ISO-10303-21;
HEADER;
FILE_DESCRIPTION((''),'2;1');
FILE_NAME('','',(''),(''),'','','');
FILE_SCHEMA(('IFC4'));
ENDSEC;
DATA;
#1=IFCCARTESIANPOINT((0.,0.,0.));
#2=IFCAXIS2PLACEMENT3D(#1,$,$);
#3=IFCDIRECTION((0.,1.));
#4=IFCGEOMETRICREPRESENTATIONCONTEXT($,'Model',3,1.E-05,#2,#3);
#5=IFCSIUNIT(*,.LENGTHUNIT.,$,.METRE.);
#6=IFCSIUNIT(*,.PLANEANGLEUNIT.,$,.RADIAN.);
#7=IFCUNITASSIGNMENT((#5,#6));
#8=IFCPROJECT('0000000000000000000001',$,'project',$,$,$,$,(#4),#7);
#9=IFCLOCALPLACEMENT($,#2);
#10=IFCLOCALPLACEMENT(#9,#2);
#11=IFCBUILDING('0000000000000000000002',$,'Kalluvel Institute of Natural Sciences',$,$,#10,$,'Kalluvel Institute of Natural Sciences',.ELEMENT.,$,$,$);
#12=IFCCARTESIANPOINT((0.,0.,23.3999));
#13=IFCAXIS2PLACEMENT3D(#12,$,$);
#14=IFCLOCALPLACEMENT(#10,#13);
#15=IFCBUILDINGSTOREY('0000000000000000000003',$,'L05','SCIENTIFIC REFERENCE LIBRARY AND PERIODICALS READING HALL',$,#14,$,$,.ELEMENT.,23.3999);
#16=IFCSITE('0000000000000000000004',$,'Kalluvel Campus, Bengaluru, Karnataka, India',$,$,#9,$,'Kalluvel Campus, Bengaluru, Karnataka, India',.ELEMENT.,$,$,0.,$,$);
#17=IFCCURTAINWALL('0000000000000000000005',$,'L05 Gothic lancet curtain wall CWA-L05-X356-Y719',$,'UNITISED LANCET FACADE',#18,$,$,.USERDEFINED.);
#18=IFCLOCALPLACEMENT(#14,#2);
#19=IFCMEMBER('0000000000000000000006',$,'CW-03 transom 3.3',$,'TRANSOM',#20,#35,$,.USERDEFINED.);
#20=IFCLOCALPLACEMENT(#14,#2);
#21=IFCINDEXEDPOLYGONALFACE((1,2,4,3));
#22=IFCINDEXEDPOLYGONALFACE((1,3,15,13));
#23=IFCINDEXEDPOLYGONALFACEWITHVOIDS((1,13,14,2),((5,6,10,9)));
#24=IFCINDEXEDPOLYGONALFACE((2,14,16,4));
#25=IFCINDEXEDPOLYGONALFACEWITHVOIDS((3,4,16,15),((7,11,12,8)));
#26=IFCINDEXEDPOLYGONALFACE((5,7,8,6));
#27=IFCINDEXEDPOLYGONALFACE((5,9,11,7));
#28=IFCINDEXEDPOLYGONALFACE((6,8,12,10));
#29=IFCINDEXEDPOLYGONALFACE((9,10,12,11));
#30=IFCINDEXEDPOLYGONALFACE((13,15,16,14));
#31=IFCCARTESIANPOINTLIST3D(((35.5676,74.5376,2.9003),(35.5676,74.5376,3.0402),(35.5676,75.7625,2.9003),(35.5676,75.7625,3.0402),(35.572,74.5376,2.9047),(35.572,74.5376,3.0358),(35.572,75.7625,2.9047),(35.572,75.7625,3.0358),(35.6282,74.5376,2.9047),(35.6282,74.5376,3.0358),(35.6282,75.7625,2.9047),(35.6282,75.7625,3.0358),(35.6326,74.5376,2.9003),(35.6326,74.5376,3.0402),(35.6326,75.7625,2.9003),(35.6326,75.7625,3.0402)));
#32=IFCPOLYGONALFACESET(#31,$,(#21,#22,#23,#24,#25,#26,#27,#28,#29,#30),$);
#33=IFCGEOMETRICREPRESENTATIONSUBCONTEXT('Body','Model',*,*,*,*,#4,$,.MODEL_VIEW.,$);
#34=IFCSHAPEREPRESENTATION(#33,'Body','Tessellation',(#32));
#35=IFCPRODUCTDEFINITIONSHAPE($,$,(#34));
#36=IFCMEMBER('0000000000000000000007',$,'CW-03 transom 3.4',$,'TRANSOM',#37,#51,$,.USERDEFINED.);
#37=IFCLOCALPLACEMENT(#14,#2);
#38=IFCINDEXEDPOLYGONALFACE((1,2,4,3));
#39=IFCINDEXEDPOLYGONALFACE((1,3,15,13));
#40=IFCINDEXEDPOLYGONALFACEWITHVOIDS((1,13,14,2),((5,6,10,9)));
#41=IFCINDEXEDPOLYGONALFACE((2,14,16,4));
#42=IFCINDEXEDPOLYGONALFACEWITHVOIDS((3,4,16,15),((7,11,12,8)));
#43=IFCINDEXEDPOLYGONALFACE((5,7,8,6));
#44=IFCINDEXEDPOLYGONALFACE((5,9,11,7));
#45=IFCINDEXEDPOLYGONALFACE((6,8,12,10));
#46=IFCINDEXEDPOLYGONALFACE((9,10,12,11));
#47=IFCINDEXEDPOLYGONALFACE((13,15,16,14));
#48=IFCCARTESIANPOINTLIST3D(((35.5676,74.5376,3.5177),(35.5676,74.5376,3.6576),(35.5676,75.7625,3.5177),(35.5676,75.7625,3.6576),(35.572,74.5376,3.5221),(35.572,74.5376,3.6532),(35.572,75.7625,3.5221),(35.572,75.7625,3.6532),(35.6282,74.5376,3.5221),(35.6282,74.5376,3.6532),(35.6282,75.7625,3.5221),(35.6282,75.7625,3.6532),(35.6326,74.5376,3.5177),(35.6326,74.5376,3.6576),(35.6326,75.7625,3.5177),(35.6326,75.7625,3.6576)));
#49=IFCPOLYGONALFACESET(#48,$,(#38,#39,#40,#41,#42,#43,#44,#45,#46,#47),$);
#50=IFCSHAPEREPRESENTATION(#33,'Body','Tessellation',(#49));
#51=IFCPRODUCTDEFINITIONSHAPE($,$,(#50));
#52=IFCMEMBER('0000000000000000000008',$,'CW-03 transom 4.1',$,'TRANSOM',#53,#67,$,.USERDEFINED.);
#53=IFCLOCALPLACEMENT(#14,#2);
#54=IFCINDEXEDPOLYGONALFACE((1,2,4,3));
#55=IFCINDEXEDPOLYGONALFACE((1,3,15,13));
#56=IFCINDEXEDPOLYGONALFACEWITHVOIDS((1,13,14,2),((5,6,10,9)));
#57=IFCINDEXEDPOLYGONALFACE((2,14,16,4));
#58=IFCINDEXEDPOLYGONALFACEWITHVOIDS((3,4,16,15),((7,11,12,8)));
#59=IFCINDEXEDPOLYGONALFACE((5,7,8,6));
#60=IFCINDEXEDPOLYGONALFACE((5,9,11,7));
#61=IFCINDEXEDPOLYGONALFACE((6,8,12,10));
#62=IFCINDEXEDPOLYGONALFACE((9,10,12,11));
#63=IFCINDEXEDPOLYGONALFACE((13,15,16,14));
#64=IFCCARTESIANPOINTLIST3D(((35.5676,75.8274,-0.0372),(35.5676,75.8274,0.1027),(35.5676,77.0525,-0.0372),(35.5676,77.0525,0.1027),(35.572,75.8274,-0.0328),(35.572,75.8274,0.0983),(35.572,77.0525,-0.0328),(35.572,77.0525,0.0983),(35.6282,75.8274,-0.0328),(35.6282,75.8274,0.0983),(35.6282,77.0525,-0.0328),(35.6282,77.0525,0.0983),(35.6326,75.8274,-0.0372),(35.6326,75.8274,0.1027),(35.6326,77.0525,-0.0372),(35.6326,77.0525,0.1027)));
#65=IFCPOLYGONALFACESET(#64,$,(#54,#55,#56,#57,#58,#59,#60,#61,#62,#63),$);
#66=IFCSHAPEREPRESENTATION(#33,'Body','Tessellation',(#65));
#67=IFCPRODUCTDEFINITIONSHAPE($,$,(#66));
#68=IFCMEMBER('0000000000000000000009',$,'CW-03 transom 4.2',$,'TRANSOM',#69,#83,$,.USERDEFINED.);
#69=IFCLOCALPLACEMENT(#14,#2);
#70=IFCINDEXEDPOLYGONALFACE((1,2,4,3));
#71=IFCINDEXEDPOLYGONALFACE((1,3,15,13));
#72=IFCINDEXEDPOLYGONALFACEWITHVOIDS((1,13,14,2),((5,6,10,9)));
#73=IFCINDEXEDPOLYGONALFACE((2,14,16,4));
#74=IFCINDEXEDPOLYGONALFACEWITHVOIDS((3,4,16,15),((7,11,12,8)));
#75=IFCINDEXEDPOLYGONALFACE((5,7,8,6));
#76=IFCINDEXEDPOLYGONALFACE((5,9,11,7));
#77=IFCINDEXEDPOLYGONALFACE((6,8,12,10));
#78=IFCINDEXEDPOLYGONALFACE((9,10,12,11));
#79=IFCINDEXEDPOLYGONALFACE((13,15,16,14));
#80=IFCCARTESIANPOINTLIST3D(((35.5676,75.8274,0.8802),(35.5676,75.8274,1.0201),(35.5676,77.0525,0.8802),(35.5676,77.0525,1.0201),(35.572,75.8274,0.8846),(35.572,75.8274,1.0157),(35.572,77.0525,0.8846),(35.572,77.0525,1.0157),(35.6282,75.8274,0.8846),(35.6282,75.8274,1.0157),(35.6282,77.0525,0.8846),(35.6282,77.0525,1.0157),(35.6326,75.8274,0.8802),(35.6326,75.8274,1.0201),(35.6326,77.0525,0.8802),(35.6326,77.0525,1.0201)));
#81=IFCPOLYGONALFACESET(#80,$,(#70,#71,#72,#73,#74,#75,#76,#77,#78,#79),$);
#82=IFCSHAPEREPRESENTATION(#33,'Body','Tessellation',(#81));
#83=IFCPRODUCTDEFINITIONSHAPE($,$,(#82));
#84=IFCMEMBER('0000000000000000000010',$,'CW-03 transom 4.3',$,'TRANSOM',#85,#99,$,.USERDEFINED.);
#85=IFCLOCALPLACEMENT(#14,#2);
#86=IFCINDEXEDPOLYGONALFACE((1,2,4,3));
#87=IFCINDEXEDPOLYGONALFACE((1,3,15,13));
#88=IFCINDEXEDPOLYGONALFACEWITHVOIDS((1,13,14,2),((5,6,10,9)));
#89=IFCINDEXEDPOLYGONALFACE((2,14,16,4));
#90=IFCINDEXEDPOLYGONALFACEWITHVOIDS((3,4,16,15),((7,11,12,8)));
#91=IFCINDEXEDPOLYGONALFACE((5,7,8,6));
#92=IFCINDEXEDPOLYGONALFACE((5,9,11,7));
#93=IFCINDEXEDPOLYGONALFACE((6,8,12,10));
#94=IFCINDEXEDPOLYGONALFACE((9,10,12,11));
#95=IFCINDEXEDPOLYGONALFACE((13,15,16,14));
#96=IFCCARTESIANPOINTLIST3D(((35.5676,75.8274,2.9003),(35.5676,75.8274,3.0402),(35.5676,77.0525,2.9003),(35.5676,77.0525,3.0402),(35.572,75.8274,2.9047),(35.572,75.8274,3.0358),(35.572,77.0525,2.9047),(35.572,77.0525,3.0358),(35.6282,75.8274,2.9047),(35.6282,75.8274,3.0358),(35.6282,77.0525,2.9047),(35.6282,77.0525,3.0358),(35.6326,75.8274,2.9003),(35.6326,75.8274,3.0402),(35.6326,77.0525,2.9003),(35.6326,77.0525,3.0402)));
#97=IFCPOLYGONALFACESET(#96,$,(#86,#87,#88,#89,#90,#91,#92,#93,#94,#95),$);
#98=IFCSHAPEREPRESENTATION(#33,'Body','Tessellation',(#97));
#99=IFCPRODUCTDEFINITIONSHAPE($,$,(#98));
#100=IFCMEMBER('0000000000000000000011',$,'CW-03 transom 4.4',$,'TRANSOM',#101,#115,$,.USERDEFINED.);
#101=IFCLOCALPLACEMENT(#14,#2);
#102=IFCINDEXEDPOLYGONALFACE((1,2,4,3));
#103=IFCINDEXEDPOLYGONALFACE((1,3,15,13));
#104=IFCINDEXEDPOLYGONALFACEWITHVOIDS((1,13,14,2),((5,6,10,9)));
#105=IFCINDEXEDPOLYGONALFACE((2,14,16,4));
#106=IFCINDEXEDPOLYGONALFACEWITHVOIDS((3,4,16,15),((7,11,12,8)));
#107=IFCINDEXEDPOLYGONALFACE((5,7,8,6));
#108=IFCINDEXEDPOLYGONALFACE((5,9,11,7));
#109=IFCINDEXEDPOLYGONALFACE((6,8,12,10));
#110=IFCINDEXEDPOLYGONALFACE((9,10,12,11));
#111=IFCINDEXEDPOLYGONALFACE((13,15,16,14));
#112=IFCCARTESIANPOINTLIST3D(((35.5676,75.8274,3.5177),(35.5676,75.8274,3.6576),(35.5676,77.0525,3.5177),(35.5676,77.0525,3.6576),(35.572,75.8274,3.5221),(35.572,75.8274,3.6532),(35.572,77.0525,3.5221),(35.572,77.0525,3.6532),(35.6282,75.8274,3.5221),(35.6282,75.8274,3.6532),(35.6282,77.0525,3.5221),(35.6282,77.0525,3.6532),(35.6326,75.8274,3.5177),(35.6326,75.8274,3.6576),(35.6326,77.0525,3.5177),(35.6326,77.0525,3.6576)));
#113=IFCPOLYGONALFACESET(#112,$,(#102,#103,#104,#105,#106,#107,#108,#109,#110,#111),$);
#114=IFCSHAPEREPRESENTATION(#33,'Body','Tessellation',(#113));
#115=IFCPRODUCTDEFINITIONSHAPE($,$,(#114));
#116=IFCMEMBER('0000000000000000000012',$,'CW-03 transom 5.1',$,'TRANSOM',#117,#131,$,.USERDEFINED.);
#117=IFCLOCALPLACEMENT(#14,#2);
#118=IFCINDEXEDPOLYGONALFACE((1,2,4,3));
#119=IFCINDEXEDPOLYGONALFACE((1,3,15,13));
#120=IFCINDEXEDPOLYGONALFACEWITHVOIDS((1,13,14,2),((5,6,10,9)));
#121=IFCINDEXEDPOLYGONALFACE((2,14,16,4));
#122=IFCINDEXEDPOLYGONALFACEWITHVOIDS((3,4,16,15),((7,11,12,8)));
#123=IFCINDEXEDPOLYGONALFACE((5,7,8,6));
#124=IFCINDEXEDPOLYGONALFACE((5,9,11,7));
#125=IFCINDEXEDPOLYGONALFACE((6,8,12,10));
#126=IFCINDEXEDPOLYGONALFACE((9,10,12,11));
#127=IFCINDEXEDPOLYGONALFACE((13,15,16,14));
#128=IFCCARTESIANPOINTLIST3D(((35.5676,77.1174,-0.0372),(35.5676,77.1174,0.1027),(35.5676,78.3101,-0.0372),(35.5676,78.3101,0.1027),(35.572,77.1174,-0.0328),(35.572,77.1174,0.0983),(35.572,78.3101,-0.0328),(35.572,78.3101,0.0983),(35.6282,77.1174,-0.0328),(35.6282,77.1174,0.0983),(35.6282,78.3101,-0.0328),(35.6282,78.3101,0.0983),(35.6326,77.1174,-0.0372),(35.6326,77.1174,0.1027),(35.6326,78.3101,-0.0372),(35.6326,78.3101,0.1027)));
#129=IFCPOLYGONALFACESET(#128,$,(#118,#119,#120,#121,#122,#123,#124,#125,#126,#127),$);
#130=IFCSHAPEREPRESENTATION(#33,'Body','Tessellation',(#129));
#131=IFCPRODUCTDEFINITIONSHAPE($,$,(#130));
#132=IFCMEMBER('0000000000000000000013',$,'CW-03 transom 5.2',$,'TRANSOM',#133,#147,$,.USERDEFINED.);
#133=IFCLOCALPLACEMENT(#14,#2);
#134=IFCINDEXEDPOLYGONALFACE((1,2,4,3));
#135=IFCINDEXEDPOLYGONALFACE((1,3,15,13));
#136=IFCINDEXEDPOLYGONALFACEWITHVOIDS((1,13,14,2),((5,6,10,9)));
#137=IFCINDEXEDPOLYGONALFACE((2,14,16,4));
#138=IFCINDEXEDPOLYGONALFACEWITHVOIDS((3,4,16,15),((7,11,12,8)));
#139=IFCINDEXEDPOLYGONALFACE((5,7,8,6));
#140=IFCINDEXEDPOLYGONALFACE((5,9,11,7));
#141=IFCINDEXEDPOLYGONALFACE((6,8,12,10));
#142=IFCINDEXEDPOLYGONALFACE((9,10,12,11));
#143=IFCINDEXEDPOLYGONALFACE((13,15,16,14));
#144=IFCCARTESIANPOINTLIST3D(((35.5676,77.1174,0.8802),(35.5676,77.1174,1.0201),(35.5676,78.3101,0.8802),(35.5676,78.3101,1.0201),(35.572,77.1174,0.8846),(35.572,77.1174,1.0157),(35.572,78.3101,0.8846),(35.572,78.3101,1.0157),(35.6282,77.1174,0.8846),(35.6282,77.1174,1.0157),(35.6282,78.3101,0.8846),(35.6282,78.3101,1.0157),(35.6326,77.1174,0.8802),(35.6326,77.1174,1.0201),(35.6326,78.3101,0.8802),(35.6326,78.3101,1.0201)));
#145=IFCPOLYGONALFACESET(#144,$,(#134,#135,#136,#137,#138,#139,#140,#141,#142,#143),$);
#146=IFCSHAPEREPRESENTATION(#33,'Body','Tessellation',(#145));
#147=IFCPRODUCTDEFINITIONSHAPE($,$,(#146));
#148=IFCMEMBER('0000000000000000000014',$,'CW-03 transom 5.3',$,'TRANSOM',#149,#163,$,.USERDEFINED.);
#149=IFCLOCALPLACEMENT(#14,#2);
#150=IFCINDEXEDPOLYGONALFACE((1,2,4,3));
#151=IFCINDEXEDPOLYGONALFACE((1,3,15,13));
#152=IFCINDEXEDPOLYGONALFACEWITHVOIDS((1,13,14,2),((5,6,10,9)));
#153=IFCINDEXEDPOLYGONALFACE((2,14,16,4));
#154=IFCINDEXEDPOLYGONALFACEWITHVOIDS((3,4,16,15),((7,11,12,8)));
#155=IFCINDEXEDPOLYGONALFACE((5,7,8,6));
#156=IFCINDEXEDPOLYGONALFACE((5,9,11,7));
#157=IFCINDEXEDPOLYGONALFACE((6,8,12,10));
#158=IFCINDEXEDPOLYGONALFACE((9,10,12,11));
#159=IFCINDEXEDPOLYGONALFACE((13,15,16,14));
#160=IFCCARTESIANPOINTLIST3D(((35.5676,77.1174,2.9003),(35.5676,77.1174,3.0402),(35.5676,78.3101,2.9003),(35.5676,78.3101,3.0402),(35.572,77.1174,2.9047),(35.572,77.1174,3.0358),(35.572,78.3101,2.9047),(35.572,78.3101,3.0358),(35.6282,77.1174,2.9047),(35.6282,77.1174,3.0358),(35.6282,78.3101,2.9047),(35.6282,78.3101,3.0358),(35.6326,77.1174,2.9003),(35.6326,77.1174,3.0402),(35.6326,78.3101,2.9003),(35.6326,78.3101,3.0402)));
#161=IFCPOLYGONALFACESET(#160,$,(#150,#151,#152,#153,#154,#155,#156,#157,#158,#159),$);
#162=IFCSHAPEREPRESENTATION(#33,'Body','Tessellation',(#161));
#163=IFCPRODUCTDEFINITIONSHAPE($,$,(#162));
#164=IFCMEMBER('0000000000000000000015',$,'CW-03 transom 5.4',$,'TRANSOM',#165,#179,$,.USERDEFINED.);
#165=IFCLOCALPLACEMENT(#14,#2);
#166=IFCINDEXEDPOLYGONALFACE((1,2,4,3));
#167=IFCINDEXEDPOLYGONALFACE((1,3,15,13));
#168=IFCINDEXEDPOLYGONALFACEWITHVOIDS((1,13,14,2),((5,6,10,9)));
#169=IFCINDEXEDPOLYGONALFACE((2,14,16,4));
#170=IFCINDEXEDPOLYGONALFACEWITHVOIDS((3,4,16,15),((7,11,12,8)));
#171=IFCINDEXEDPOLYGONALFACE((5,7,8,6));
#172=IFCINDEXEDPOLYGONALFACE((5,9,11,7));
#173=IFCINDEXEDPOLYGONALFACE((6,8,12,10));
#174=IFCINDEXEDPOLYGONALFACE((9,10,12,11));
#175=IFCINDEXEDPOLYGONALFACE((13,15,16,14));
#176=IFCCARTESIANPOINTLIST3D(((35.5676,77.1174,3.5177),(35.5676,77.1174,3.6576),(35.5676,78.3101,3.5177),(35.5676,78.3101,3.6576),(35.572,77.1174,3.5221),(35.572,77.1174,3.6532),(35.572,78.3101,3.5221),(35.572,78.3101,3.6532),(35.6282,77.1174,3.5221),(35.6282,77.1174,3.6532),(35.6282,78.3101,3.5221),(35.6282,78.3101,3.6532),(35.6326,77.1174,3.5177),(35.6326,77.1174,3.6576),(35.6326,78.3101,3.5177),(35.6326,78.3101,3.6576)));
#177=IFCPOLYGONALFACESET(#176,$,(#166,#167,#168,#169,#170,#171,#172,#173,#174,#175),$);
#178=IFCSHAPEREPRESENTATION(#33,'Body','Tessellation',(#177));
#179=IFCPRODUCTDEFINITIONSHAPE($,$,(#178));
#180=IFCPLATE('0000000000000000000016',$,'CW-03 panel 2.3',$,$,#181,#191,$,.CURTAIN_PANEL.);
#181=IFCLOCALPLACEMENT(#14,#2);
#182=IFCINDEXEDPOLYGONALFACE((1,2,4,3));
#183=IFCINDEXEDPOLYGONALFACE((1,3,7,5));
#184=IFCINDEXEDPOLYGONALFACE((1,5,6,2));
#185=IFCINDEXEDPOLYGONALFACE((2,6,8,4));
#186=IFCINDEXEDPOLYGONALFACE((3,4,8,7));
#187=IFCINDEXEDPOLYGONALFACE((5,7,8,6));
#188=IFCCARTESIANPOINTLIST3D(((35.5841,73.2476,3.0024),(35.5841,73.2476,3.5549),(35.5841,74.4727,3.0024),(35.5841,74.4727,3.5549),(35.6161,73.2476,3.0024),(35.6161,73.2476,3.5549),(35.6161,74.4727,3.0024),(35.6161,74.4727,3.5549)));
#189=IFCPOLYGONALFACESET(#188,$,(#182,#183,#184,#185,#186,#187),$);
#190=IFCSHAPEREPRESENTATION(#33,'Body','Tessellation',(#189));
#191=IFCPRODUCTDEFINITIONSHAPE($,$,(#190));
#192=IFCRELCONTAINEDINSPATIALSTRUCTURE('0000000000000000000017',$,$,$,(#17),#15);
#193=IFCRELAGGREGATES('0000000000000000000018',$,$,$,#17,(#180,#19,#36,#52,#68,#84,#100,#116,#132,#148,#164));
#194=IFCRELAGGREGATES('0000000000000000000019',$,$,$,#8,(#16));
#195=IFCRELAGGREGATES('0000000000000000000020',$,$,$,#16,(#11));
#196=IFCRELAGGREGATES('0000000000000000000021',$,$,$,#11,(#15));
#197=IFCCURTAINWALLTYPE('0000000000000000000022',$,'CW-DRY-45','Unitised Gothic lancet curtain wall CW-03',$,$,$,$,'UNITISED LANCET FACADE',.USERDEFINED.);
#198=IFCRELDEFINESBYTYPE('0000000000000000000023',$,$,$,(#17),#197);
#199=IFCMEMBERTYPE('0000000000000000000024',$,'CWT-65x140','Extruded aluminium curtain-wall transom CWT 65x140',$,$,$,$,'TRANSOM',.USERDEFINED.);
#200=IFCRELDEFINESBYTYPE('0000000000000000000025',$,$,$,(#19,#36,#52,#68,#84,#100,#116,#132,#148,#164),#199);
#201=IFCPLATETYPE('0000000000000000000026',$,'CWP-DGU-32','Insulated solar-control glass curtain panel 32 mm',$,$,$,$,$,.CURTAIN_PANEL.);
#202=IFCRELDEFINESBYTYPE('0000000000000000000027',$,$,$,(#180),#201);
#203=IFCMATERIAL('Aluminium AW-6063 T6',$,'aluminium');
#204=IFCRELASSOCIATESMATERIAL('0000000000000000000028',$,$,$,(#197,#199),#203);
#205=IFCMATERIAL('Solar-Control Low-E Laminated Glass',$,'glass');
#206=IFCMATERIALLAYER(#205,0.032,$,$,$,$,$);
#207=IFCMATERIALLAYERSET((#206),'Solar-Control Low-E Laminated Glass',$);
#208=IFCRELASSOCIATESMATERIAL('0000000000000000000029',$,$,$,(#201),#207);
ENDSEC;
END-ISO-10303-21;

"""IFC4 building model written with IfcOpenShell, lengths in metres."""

from ifc_helpers import new_model, si_unit, direction, frame, origin, origin_2d, place, context, subcontext, project, spatial, rectangle, hollow_rectangle, extrude, material, layer, layer_set, material_profile, profile_set, type_object, element, aggregate, save


model = new_model("IFC4")

# Units and contexts
model_context = context("Model", 3, precision=1e-05, world=origin(), true_north=direction((0.0, 1.0)))
body_context = subcontext(model_context, "Body", "Model", "MODEL_VIEW")
ifc_project = project(units=[si_unit("LENGTHUNIT", "METRE"), si_unit("PLANEANGLEUNIT", "RADIAN")], contexts=[model_context])

# Site, building, storey
site_placement = place(None, origin())
site = spatial("IfcSite", under=ifc_project, at=site_placement, Name="Kalluvel Campus, Bengaluru, Karnataka, India", LongName="Kalluvel Campus, Bengaluru, Karnataka, India", CompositionType="ELEMENT", RefElevation=0.0)
building_placement = place(site_placement, origin())
building = spatial("IfcBuilding", under=site, at=building_placement, Name="Kalluvel Institute of Natural Sciences", LongName="Kalluvel Institute of Natural Sciences", CompositionType="ELEMENT")
storey_placement = place(building_placement, frame((0.0, 0.0, 23.3999)))
storey = spatial("IfcBuildingStorey", under=building, at=storey_placement, Name="L05", Description="SCIENTIFIC REFERENCE LIBRARY AND PERIODICALS READING HALL", CompositionType="ELEMENT", Elevation=23.3999)

# Curtain wall
ifc_material_1 = material(Name="Aluminium AW-6063 T6", Category="aluminium")
curtain_wall_type = type_object("IfcCurtainWallType", Name="CW-DRY-45", Description="Unitised Gothic lancet curtain wall CW-03", ElementType="UNITISED LANCET FACADE", PredefinedType="USERDEFINED", material=ifc_material_1)
curtain_wall_1_placement = place(storey_placement, origin())
curtain_wall_1 = element("IfcCurtainWall", 1, at=curtain_wall_1_placement, inside=storey, type_object=curtain_wall_type, Name="L05 Gothic lancet curtain wall CWA-L05-X356-Y719", ObjectType="UNITISED LANCET FACADE", PredefinedType="USERDEFINED")

# Members
ifc_material_profile_1 = material_profile(ifc_material_1, hollow_rectangle(XDim=0.0649, YDim=0.1399, WallThickness=0.0044, at=origin_2d()), Name="CWT 65x140")
ifc_profile_set_1 = profile_set([ifc_material_profile_1], Name="Aluminium AW-6063 T6")
member_type_1 = type_object("IfcMemberType", Name="CWT-65x140", Description="Extruded aluminium curtain-wall transom CWT 65x140", ElementType="TRANSOM", PredefinedType="USERDEFINED", material=ifc_profile_set_1)
member_1_placement = place(storey_placement, frame((35.6001, 74.5376, 2.9702), z_axis=(0.0, 1.0, 0.0), x_axis=(-1.0, 0.0, 0.0)))
member_1 = element("IfcMember", 2, at=member_1_placement, type_object=member_type_1, Name="CW-03 transom 3.3", ObjectType="TRANSOM", PredefinedType="USERDEFINED", context=body_context, shape_type="SweptSolid", body=[
    extrude(hollow_rectangle(XDim=0.0649, YDim=0.1399, WallThickness=0.0044, at=origin_2d()), origin(), (0.0, 0.0, 1.0), 1.2249),
])
member_2_placement = place(storey_placement, frame((35.6001, 74.5376, 3.5876), z_axis=(0.0, 1.0, 0.0), x_axis=(-1.0, 0.0, 0.0)))
member_2 = element("IfcMember", 3, at=member_2_placement, type_object=member_type_1, Name="CW-03 transom 3.4", ObjectType="TRANSOM", PredefinedType="USERDEFINED", context=body_context, shape_type="SweptSolid", body=[
    extrude(hollow_rectangle(XDim=0.0649, YDim=0.1399, WallThickness=0.0044, at=origin_2d()), origin(), (0.0, 0.0, 1.0), 1.2249),
])
member_3_placement = place(storey_placement, frame((35.6001, 75.8274, 0.0327), z_axis=(0.0, 1.0, 0.0), x_axis=(-1.0, 0.0, 0.0)))
member_3 = element("IfcMember", 4, at=member_3_placement, type_object=member_type_1, Name="CW-03 transom 4.1", ObjectType="TRANSOM", PredefinedType="USERDEFINED", context=body_context, shape_type="SweptSolid", body=[
    extrude(hollow_rectangle(XDim=0.0649, YDim=0.1399, WallThickness=0.0044, at=origin_2d()), origin(), (0.0, 0.0, 1.0), 1.2251),
])
member_4_placement = place(storey_placement, frame((35.6001, 75.8274, 0.9502), z_axis=(0.0, 1.0, 0.0), x_axis=(-1.0, 0.0, 0.0)))
member_4 = element("IfcMember", 5, at=member_4_placement, type_object=member_type_1, Name="CW-03 transom 4.2", ObjectType="TRANSOM", PredefinedType="USERDEFINED", context=body_context, shape_type="SweptSolid", body=[
    extrude(hollow_rectangle(XDim=0.0649, YDim=0.1399, WallThickness=0.0044, at=origin_2d()), origin(), (0.0, 0.0, 1.0), 1.2251),
])
member_5_placement = place(storey_placement, frame((35.6001, 75.8274, 2.9702), z_axis=(0.0, 1.0, 0.0), x_axis=(-1.0, 0.0, 0.0)))
member_5 = element("IfcMember", 6, at=member_5_placement, type_object=member_type_1, Name="CW-03 transom 4.3", ObjectType="TRANSOM", PredefinedType="USERDEFINED", context=body_context, shape_type="SweptSolid", body=[
    extrude(hollow_rectangle(XDim=0.0649, YDim=0.1399, WallThickness=0.0044, at=origin_2d()), origin(), (0.0, 0.0, 1.0), 1.2251),
])
member_6_placement = place(storey_placement, frame((35.6001, 75.8274, 3.5876), z_axis=(0.0, 1.0, 0.0), x_axis=(-1.0, 0.0, 0.0)))
member_6 = element("IfcMember", 7, at=member_6_placement, type_object=member_type_1, Name="CW-03 transom 4.4", ObjectType="TRANSOM", PredefinedType="USERDEFINED", context=body_context, shape_type="SweptSolid", body=[
    extrude(hollow_rectangle(XDim=0.0649, YDim=0.1399, WallThickness=0.0044, at=origin_2d()), origin(), (0.0, 0.0, 1.0), 1.2251),
])
member_7_placement = place(storey_placement, frame((35.6001, 77.1174, 0.0327), z_axis=(0.0, 1.0, 0.0), x_axis=(-1.0, 0.0, 0.0)))
member_7 = element("IfcMember", 8, at=member_7_placement, type_object=member_type_1, Name="CW-03 transom 5.1", ObjectType="TRANSOM", PredefinedType="USERDEFINED", context=body_context, shape_type="SweptSolid", body=[
    extrude(hollow_rectangle(XDim=0.0649, YDim=0.1399, WallThickness=0.0044, at=origin_2d()), origin(), (0.0, 0.0, 1.0), 1.1926),
])
member_8_placement = place(storey_placement, frame((35.6001, 77.1174, 0.9502), z_axis=(0.0, 1.0, 0.0), x_axis=(-1.0, 0.0, 0.0)))
member_8 = element("IfcMember", 9, at=member_8_placement, type_object=member_type_1, Name="CW-03 transom 5.2", ObjectType="TRANSOM", PredefinedType="USERDEFINED", context=body_context, shape_type="SweptSolid", body=[
    extrude(hollow_rectangle(XDim=0.0649, YDim=0.1399, WallThickness=0.0044, at=origin_2d()), origin(), (0.0, 0.0, 1.0), 1.1926),
])
member_9_placement = place(storey_placement, frame((35.6001, 77.1174, 2.9702), z_axis=(0.0, 1.0, 0.0), x_axis=(-1.0, 0.0, 0.0)))
member_9 = element("IfcMember", 10, at=member_9_placement, type_object=member_type_1, Name="CW-03 transom 5.3", ObjectType="TRANSOM", PredefinedType="USERDEFINED", context=body_context, shape_type="SweptSolid", body=[
    extrude(hollow_rectangle(XDim=0.0649, YDim=0.1399, WallThickness=0.0044, at=origin_2d()), origin(), (0.0, 0.0, 1.0), 1.1926),
])
member_10_placement = place(storey_placement, frame((35.6001, 77.1174, 3.5876), z_axis=(0.0, 1.0, 0.0), x_axis=(-1.0, 0.0, 0.0)))
member_10 = element("IfcMember", 11, at=member_10_placement, type_object=member_type_1, Name="CW-03 transom 5.4", ObjectType="TRANSOM", PredefinedType="USERDEFINED", context=body_context, shape_type="SweptSolid", body=[
    extrude(hollow_rectangle(XDim=0.0649, YDim=0.1399, WallThickness=0.0044, at=origin_2d()), origin(), (0.0, 0.0, 1.0), 1.1926),
])

# Plate
ifc_material_2 = material(Name="Solar-Control Low-E Laminated Glass", Category="glass")
ifc_layer = layer(ifc_material_2, 0.032)
ifc_layer_set = layer_set([ifc_layer], Name="Solar-Control Low-E Laminated Glass")
plate_type = type_object("IfcPlateType", Name="CWP-DGU-32", Description="Insulated solar-control glass curtain panel 32 mm", PredefinedType="CURTAIN_PANEL", material=ifc_layer_set)
plate_1_placement = place(storey_placement, frame((35.6001, 73.8601, 3.0024), z_axis=(0.0, 0.0, 1.0), x_axis=(0.0, 1.0, 0.0)))
plate_1 = element("IfcPlate", 12, at=plate_1_placement, type_object=plate_type, Name="CW-03 panel 2.3", PredefinedType="CURTAIN_PANEL", context=body_context, shape_type="SweptSolid", body=[
    extrude(rectangle(XDim=1.2251, YDim=0.032, at=origin_2d()), origin(), (0.0, 0.0, 1.0), 0.5525),
])
aggregate(curtain_wall_1, [plate_1, member_1, member_2, member_3, member_4, member_5, member_6, member_7, member_8, member_9, member_10])

save(model, "model.ifc")
